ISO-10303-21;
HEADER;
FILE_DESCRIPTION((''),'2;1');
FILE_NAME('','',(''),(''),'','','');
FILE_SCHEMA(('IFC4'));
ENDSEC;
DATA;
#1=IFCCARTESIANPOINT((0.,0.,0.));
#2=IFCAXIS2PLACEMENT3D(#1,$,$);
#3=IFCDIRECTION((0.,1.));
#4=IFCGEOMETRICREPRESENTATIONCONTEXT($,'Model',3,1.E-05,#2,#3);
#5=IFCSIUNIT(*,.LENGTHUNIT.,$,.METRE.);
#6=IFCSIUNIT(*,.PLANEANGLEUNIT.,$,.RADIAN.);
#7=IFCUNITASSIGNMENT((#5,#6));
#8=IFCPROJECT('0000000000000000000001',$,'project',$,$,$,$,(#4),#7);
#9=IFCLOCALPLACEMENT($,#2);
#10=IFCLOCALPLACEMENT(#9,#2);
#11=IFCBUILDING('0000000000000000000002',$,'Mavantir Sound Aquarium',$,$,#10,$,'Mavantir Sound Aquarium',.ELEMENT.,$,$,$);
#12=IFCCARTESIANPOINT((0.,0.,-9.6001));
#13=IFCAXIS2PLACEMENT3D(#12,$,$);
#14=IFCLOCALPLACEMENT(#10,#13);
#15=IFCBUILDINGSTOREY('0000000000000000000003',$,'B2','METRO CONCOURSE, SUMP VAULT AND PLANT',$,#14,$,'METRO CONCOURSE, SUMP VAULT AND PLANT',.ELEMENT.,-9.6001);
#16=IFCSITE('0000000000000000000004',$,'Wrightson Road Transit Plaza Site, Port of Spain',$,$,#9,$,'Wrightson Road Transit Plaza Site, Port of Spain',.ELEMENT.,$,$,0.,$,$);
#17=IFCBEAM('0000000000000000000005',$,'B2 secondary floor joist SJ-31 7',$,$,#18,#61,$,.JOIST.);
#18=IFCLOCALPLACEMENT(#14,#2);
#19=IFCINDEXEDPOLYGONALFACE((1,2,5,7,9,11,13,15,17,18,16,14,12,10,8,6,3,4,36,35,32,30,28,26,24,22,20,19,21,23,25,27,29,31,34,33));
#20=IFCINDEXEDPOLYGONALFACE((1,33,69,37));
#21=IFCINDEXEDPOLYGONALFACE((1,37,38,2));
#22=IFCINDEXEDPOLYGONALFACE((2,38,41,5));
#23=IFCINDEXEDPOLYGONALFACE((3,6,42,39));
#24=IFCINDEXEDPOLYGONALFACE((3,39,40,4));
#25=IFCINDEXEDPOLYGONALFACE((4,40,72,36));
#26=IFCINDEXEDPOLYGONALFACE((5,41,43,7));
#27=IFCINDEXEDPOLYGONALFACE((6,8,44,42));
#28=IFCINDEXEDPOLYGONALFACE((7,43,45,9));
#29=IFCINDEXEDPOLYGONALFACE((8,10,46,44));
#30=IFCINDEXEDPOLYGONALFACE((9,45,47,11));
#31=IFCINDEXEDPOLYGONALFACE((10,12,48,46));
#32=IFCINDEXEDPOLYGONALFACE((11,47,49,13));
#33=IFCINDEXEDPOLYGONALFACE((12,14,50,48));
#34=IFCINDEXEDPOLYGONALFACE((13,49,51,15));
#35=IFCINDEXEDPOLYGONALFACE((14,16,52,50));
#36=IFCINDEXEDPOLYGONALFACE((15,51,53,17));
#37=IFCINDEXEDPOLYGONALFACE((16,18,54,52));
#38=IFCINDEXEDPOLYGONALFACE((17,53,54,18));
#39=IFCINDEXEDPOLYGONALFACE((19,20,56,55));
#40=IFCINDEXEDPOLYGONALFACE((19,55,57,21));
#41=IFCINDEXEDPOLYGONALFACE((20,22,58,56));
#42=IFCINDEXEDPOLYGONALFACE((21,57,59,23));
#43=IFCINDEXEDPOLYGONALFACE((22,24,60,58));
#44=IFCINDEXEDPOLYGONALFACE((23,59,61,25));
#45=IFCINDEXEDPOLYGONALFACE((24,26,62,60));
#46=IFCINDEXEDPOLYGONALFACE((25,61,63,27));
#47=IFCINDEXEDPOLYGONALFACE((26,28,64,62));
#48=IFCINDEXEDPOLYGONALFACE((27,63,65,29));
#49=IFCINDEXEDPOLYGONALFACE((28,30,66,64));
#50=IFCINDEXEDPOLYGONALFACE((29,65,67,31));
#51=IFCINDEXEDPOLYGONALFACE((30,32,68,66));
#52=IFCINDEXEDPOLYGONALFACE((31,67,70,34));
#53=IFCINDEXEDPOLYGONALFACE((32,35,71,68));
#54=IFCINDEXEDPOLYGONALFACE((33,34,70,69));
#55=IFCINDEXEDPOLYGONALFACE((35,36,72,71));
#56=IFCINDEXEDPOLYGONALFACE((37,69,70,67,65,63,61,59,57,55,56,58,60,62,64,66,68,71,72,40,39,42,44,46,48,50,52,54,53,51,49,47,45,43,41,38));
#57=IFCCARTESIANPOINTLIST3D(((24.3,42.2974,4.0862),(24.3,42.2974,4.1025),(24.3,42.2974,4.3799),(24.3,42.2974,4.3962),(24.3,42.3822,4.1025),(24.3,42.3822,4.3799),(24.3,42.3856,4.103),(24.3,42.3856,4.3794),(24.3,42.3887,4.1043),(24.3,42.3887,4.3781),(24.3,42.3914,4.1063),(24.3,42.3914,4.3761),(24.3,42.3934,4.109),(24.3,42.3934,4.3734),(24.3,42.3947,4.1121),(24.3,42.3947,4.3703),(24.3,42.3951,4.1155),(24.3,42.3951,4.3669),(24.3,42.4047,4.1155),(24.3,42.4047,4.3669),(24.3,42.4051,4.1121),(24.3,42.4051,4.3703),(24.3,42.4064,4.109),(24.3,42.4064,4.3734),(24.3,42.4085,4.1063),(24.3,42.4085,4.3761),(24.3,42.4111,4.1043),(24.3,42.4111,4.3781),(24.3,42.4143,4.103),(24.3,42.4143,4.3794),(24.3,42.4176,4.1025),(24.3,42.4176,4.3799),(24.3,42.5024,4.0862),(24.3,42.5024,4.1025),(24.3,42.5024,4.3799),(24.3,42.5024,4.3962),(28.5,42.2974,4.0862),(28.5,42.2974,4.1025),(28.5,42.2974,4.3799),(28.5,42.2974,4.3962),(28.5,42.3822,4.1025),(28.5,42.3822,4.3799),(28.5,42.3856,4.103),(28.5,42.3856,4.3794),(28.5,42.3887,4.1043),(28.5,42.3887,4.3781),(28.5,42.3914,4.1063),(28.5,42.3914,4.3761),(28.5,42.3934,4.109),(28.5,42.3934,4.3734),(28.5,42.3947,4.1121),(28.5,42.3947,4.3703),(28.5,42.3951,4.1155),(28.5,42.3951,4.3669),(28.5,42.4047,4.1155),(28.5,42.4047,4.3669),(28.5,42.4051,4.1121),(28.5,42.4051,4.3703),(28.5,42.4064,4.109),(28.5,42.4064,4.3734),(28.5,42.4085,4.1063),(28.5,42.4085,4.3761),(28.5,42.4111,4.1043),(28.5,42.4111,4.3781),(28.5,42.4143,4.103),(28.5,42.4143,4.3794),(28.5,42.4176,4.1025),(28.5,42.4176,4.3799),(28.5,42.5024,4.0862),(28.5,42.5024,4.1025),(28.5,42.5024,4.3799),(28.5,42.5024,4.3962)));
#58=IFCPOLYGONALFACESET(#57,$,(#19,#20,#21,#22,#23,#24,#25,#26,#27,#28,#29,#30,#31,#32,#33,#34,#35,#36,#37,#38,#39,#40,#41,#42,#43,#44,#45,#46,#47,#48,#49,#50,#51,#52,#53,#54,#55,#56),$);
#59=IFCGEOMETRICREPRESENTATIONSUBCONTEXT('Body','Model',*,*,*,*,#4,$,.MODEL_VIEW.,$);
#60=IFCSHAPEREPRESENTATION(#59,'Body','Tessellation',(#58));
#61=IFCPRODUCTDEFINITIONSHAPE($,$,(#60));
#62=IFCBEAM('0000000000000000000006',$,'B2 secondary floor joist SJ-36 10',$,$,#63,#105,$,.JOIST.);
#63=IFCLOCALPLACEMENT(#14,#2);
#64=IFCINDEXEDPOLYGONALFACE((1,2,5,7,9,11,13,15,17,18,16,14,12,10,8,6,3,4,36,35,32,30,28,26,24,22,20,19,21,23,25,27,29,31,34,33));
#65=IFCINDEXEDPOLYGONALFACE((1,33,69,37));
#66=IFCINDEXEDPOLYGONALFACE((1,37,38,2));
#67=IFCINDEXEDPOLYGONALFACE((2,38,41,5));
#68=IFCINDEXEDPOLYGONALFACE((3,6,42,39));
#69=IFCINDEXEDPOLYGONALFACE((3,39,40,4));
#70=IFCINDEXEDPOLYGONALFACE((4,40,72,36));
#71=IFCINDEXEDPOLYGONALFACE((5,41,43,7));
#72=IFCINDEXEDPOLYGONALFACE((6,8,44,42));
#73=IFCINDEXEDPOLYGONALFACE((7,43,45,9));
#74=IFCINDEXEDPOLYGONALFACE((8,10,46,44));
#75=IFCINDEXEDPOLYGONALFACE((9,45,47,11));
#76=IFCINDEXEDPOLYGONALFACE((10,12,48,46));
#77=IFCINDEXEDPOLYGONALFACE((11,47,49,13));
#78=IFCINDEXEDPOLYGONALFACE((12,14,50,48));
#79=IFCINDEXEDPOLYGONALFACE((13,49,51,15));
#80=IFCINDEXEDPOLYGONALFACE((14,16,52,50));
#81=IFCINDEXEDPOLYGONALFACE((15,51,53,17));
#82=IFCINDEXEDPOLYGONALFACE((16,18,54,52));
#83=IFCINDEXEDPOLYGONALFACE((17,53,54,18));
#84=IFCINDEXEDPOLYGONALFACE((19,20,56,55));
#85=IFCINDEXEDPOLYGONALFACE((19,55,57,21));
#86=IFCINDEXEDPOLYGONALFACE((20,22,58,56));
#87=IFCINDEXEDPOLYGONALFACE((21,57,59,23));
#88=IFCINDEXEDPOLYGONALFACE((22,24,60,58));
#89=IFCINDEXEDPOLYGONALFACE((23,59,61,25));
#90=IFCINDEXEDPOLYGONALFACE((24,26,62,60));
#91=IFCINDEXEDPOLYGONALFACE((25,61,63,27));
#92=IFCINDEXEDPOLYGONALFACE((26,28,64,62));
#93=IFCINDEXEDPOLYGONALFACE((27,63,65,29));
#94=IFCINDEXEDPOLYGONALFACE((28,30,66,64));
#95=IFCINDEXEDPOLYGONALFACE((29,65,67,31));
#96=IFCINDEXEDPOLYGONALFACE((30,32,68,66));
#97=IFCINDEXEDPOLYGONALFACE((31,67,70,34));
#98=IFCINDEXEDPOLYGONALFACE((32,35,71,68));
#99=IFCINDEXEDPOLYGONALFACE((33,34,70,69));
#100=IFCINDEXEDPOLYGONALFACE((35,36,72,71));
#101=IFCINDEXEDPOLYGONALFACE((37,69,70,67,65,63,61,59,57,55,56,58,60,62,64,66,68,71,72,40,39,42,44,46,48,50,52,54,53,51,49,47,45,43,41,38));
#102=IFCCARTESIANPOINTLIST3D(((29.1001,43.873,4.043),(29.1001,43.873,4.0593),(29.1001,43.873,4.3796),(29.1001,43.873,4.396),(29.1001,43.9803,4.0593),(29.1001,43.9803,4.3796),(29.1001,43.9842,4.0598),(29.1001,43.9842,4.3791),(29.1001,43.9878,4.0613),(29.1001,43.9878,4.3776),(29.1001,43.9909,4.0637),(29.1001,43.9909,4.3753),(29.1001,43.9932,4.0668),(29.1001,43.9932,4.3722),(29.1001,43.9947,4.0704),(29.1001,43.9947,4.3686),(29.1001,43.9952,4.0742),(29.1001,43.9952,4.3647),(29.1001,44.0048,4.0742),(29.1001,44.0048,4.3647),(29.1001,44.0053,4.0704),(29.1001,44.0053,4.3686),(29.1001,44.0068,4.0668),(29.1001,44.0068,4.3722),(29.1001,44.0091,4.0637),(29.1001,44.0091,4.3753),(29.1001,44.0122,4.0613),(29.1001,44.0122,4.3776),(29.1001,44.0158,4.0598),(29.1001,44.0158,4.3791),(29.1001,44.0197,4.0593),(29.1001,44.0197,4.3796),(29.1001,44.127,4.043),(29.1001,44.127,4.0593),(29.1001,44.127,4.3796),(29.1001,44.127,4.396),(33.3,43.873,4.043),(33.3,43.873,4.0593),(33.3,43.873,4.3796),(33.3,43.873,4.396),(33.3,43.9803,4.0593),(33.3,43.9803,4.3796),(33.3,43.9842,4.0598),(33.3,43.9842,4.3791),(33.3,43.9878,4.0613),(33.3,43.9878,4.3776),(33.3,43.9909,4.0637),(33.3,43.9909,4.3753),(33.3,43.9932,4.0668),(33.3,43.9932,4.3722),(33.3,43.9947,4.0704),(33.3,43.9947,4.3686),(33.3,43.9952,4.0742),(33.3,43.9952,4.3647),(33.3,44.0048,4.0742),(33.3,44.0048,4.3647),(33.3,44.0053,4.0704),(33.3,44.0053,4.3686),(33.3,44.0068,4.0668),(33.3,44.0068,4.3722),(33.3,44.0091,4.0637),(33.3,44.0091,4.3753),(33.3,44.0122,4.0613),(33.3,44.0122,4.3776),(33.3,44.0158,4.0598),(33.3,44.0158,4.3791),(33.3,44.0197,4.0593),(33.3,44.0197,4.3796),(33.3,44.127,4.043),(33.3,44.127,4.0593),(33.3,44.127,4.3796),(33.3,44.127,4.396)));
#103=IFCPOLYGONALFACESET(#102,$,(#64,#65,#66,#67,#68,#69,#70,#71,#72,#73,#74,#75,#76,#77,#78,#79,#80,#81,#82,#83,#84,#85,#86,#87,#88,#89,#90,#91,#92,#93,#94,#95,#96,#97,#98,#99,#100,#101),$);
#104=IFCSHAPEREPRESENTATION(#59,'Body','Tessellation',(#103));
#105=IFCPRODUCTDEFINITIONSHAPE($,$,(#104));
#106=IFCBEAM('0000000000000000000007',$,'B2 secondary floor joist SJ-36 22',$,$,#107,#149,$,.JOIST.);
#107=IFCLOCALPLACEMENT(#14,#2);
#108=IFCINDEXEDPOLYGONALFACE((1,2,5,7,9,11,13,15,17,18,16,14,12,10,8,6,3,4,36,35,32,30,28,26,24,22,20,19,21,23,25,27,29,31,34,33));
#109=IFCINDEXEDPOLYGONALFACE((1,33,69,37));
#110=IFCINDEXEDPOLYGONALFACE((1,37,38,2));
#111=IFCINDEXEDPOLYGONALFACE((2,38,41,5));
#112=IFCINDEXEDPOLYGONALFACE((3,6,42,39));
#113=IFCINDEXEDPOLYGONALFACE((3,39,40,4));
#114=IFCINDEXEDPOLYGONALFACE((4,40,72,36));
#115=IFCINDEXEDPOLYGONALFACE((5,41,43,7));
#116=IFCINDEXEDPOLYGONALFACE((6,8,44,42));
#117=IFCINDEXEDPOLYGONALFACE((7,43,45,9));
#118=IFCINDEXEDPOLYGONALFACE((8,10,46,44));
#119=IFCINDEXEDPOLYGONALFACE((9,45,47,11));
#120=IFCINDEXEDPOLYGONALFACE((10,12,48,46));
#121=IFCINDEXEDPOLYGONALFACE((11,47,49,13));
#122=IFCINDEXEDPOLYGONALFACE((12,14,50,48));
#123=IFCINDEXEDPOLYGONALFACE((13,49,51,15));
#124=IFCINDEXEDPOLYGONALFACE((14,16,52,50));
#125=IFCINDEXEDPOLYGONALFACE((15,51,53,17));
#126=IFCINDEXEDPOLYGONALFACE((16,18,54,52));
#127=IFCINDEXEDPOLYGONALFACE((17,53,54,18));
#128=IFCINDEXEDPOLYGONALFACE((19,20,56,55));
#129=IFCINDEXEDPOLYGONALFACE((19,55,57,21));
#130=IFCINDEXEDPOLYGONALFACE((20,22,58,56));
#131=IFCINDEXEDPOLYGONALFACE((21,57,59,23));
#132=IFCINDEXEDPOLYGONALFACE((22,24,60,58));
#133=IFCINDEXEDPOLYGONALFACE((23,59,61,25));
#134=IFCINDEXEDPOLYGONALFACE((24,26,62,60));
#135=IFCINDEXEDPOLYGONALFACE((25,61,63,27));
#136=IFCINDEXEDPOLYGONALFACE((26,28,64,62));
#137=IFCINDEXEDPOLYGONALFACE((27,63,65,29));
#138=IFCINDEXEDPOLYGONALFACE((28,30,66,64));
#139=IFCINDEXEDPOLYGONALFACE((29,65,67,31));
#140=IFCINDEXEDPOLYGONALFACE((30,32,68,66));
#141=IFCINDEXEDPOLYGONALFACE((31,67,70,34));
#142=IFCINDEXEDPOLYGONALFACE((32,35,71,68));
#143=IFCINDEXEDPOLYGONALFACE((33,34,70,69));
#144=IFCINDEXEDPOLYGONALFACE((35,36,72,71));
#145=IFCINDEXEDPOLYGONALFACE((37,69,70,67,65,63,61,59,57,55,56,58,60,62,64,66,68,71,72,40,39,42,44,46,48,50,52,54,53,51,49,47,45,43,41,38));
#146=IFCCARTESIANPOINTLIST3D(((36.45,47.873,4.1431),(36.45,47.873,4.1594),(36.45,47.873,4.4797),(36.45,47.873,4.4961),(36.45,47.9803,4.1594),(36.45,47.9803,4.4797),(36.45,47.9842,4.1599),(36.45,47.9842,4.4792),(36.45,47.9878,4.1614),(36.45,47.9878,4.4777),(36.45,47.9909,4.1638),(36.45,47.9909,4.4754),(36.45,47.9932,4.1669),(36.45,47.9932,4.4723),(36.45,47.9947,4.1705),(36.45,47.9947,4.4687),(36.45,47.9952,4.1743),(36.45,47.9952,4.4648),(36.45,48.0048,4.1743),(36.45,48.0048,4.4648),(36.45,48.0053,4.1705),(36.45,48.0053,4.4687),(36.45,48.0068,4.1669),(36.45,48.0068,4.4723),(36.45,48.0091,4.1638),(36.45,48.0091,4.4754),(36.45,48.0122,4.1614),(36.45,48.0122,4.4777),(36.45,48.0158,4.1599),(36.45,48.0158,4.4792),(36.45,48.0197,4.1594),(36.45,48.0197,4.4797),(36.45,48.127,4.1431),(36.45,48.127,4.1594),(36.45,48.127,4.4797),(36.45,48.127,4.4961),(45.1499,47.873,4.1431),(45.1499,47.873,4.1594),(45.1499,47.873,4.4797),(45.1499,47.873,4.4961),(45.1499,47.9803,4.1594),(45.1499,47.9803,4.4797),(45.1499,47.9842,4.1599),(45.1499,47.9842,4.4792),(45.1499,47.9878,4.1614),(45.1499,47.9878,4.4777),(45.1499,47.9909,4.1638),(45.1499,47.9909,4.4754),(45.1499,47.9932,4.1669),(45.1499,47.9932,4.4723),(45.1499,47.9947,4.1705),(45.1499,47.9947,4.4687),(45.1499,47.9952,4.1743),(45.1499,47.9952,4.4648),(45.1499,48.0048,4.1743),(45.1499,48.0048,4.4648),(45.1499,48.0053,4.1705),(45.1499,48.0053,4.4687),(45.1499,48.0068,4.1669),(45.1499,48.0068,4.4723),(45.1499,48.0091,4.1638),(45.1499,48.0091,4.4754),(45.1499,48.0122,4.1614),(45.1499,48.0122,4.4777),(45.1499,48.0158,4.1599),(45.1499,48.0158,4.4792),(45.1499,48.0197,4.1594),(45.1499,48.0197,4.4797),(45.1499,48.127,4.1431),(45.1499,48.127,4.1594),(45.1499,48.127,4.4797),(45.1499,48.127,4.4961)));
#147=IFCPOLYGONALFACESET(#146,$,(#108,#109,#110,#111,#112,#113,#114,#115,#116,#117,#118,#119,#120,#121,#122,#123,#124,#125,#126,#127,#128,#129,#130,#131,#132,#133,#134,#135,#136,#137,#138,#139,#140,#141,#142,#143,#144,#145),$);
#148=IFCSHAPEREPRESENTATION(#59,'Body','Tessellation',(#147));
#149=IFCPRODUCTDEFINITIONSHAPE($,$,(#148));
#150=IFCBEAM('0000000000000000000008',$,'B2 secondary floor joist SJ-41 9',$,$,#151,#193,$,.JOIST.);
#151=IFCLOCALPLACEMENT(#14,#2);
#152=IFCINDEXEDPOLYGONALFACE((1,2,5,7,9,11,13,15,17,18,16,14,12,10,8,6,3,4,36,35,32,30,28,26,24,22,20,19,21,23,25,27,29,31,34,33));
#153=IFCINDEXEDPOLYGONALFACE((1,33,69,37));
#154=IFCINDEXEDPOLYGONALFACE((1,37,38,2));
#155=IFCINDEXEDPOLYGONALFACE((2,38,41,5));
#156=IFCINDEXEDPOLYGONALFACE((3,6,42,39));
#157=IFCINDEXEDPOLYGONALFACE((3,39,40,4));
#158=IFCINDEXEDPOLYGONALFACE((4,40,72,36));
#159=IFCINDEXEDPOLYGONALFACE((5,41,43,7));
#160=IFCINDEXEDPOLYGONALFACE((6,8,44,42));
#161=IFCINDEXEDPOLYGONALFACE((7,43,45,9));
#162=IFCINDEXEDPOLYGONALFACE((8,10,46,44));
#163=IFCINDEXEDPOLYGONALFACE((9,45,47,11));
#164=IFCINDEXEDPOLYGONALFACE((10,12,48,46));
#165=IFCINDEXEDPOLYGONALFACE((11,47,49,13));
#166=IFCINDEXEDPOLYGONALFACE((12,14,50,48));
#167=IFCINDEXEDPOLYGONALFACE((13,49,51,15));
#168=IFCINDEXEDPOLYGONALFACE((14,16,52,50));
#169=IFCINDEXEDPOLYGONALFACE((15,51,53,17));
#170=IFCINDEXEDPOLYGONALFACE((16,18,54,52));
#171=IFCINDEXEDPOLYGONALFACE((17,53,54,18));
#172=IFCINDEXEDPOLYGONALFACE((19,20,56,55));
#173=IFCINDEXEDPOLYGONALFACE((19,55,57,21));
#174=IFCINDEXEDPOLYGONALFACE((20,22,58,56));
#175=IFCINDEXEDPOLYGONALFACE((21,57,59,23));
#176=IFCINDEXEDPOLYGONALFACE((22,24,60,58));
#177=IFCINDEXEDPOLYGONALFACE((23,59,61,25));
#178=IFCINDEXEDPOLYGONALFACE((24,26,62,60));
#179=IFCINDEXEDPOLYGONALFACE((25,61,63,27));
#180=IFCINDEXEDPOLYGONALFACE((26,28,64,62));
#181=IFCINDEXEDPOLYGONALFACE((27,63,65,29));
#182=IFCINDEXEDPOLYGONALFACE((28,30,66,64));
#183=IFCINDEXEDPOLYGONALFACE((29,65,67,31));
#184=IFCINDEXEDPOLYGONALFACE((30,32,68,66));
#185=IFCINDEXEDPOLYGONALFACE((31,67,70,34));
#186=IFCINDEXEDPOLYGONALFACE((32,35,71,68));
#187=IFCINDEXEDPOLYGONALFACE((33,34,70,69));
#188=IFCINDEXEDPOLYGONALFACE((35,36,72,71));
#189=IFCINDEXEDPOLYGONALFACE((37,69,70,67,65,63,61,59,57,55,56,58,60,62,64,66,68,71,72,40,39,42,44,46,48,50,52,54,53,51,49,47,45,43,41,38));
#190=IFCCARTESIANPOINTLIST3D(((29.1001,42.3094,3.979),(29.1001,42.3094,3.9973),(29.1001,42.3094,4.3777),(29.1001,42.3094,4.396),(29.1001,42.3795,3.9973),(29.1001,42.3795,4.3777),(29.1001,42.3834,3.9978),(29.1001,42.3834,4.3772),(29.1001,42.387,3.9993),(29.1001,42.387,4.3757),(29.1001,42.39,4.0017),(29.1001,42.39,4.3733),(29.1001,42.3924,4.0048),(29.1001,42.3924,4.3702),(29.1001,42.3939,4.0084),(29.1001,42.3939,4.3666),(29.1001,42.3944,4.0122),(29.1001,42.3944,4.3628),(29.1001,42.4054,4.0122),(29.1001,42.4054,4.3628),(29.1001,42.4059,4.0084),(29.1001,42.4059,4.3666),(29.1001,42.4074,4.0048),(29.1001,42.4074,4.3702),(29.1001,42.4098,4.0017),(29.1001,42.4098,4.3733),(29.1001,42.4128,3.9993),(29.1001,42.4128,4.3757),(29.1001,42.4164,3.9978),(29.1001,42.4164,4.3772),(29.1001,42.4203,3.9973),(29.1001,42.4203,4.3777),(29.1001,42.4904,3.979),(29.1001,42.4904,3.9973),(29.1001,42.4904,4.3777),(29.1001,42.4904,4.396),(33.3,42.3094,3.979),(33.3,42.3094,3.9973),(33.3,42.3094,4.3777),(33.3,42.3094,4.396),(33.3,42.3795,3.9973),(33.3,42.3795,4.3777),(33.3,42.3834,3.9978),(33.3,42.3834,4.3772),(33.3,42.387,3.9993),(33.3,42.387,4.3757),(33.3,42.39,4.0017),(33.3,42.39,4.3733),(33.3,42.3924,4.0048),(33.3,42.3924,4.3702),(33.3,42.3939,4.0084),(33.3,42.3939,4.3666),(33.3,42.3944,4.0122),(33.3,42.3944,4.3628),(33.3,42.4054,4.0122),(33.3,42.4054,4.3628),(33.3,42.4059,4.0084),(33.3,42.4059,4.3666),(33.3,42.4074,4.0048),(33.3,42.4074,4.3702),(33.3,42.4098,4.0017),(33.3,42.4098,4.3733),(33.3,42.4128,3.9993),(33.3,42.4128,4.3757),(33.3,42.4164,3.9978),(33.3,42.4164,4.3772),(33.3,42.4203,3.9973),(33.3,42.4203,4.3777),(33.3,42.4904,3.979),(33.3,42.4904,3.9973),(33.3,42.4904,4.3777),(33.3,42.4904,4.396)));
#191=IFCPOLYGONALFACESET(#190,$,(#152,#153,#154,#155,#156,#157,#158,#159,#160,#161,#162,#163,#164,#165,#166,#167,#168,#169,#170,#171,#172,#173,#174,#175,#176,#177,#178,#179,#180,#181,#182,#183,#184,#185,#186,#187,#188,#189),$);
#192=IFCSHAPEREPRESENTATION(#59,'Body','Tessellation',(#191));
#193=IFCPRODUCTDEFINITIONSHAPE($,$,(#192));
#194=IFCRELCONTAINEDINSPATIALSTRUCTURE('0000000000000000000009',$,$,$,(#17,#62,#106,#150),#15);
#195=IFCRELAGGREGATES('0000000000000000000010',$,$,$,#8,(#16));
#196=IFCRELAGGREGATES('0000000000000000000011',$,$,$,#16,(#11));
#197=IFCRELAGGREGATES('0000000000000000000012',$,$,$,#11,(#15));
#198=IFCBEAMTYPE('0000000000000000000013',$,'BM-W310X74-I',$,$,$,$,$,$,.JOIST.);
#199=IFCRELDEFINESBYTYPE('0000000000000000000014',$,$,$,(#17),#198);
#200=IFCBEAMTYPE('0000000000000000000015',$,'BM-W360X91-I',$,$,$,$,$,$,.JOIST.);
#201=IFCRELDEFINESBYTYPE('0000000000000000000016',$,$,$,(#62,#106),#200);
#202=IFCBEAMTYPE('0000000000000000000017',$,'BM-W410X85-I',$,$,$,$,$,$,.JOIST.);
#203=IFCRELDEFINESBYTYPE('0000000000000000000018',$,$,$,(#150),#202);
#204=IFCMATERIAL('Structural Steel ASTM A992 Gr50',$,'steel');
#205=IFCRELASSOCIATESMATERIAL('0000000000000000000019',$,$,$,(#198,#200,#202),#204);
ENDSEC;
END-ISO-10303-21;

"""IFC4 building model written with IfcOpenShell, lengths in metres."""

from ifc_helpers import new_model, si_unit, direction, frame, origin, origin_2d, place, context, subcontext, project, spatial, i_section, extrude, material, material_profile, profile_set, type_object, element, save


model = new_model("IFC4")

# Units and contexts
model_context = context("Model", 3, precision=1e-05, world=origin(), true_north=direction((0.0, 1.0)))
body_context = subcontext(model_context, "Body", "Model", "MODEL_VIEW")
ifc_project = project(units=[si_unit("LENGTHUNIT", "METRE"), si_unit("PLANEANGLEUNIT", "RADIAN")], contexts=[model_context])

# Site, building, storey
site_placement = place(None, origin())
site = spatial("IfcSite", under=ifc_project, at=site_placement, Name="Wrightson Road Transit Plaza Site, Port of Spain", LongName="Wrightson Road Transit Plaza Site, Port of Spain", CompositionType="ELEMENT", RefElevation=0.0)
building_placement = place(site_placement, origin())
building = spatial("IfcBuilding", under=site, at=building_placement, Name="Mavantir Sound Aquarium", LongName="Mavantir Sound Aquarium", CompositionType="ELEMENT")
storey_placement = place(building_placement, frame((0.0, 0.0, -9.6001)))
storey = spatial("IfcBuildingStorey", under=building, at=storey_placement, Name="B2", Description="METRO CONCOURSE, SUMP VAULT AND PLANT", LongName="METRO CONCOURSE, SUMP VAULT AND PLANT", CompositionType="ELEMENT", Elevation=-9.6001)

# Beams
ifc_material_1 = material(Name="Structural Steel ASTM A992 Gr50", Category="steel")
ifc_material_profile_1 = material_profile(ifc_material_1, i_section(OverallWidth=0.2051, OverallDepth=0.3101, WebThickness=0.0095, FlangeThickness=0.0164, FilletRadius=0.0129, at=origin_2d()), Name="W310X74")
ifc_profile_set_1 = profile_set([ifc_material_profile_1], Name="Structural Steel ASTM A992 Gr50")
beam_type_1 = type_object("IfcBeamType", Name="BM-W310X74-I", PredefinedType="JOIST", material=ifc_profile_set_1)
beam_1_placement = place(storey_placement, frame((24.3, 42.3999, 4.2412), z_axis=(1.0, 0.0, 0.0), x_axis=(0.0, 1.0, 0.0)))
element("IfcBeam", 1, at=beam_1_placement, inside=storey, type_object=beam_type_1, Name="B2 secondary floor joist SJ-31 7", PredefinedType="JOIST", context=body_context, shape_type="SweptSolid", body=[
    extrude(i_section(OverallWidth=0.2051, OverallDepth=0.3101, WebThickness=0.0095, FlangeThickness=0.0164, FilletRadius=0.0129, at=origin_2d()), origin(), (0.0, 0.0, 1.0), 4.2),
])
ifc_material_profile_2 = material_profile(ifc_material_1, i_section(OverallWidth=0.2539, OverallDepth=0.353, WebThickness=0.0095, FlangeThickness=0.0164, FilletRadius=0.0149, at=origin_2d()), Name="W360X91")
ifc_profile_set_2 = profile_set([ifc_material_profile_2], Name="Structural Steel ASTM A992 Gr50")
beam_type_2 = type_object("IfcBeamType", Name="BM-W360X91-I", PredefinedType="JOIST", material=ifc_profile_set_2)
beam_2_placement = place(storey_placement, frame((29.1001, 44.0, 4.2195), z_axis=(1.0, 0.0, 0.0), x_axis=(0.0, 1.0, 0.0)))
element("IfcBeam", 2, at=beam_2_placement, inside=storey, type_object=beam_type_2, Name="B2 secondary floor joist SJ-36 10", PredefinedType="JOIST", context=body_context, shape_type="SweptSolid", body=[
    extrude(i_section(OverallWidth=0.2539, OverallDepth=0.353, WebThickness=0.0095, FlangeThickness=0.0164, FilletRadius=0.0149, at=origin_2d()), origin(), (0.0, 0.0, 1.0), 4.2),
])
beam_3_placement = place(storey_placement, frame((36.45, 48.0, 4.3196), z_axis=(1.0, 0.0, 0.0), x_axis=(0.0, 1.0, 0.0)))
element("IfcBeam", 3, at=beam_3_placement, inside=storey, type_object=beam_type_2, Name="B2 secondary floor joist SJ-36 22", PredefinedType="JOIST", context=body_context, shape_type="SweptSolid", body=[
    extrude(i_section(OverallWidth=0.2539, OverallDepth=0.353, WebThickness=0.0095, FlangeThickness=0.0164, FilletRadius=0.0149, at=origin_2d()), origin(), (0.0, 0.0, 1.0), 8.7),
])
ifc_material_profile_3 = material_profile(ifc_material_1, i_section(OverallWidth=0.1809, OverallDepth=0.417, WebThickness=0.011, FlangeThickness=0.0183, FilletRadius=0.0149, at=origin_2d()), Name="W410X85")
ifc_profile_set_3 = profile_set([ifc_material_profile_3], Name="Structural Steel ASTM A992 Gr50")
beam_type_3 = type_object("IfcBeamType", Name="BM-W410X85-I", PredefinedType="JOIST", material=ifc_profile_set_3)
beam_4_placement = place(storey_placement, frame((29.1001, 42.3999, 4.1875), z_axis=(1.0, 0.0, 0.0), x_axis=(0.0, 1.0, 0.0)))
element("IfcBeam", 4, at=beam_4_placement, inside=storey, type_object=beam_type_3, Name="B2 secondary floor joist SJ-41 9", PredefinedType="JOIST", context=body_context, shape_type="SweptSolid", body=[
    extrude(i_section(OverallWidth=0.1809, OverallDepth=0.417, WebThickness=0.011, FlangeThickness=0.0183, FilletRadius=0.0149, at=origin_2d()), origin(), (0.0, 0.0, 1.0), 4.2),
])

save(model, "model.ifc")
